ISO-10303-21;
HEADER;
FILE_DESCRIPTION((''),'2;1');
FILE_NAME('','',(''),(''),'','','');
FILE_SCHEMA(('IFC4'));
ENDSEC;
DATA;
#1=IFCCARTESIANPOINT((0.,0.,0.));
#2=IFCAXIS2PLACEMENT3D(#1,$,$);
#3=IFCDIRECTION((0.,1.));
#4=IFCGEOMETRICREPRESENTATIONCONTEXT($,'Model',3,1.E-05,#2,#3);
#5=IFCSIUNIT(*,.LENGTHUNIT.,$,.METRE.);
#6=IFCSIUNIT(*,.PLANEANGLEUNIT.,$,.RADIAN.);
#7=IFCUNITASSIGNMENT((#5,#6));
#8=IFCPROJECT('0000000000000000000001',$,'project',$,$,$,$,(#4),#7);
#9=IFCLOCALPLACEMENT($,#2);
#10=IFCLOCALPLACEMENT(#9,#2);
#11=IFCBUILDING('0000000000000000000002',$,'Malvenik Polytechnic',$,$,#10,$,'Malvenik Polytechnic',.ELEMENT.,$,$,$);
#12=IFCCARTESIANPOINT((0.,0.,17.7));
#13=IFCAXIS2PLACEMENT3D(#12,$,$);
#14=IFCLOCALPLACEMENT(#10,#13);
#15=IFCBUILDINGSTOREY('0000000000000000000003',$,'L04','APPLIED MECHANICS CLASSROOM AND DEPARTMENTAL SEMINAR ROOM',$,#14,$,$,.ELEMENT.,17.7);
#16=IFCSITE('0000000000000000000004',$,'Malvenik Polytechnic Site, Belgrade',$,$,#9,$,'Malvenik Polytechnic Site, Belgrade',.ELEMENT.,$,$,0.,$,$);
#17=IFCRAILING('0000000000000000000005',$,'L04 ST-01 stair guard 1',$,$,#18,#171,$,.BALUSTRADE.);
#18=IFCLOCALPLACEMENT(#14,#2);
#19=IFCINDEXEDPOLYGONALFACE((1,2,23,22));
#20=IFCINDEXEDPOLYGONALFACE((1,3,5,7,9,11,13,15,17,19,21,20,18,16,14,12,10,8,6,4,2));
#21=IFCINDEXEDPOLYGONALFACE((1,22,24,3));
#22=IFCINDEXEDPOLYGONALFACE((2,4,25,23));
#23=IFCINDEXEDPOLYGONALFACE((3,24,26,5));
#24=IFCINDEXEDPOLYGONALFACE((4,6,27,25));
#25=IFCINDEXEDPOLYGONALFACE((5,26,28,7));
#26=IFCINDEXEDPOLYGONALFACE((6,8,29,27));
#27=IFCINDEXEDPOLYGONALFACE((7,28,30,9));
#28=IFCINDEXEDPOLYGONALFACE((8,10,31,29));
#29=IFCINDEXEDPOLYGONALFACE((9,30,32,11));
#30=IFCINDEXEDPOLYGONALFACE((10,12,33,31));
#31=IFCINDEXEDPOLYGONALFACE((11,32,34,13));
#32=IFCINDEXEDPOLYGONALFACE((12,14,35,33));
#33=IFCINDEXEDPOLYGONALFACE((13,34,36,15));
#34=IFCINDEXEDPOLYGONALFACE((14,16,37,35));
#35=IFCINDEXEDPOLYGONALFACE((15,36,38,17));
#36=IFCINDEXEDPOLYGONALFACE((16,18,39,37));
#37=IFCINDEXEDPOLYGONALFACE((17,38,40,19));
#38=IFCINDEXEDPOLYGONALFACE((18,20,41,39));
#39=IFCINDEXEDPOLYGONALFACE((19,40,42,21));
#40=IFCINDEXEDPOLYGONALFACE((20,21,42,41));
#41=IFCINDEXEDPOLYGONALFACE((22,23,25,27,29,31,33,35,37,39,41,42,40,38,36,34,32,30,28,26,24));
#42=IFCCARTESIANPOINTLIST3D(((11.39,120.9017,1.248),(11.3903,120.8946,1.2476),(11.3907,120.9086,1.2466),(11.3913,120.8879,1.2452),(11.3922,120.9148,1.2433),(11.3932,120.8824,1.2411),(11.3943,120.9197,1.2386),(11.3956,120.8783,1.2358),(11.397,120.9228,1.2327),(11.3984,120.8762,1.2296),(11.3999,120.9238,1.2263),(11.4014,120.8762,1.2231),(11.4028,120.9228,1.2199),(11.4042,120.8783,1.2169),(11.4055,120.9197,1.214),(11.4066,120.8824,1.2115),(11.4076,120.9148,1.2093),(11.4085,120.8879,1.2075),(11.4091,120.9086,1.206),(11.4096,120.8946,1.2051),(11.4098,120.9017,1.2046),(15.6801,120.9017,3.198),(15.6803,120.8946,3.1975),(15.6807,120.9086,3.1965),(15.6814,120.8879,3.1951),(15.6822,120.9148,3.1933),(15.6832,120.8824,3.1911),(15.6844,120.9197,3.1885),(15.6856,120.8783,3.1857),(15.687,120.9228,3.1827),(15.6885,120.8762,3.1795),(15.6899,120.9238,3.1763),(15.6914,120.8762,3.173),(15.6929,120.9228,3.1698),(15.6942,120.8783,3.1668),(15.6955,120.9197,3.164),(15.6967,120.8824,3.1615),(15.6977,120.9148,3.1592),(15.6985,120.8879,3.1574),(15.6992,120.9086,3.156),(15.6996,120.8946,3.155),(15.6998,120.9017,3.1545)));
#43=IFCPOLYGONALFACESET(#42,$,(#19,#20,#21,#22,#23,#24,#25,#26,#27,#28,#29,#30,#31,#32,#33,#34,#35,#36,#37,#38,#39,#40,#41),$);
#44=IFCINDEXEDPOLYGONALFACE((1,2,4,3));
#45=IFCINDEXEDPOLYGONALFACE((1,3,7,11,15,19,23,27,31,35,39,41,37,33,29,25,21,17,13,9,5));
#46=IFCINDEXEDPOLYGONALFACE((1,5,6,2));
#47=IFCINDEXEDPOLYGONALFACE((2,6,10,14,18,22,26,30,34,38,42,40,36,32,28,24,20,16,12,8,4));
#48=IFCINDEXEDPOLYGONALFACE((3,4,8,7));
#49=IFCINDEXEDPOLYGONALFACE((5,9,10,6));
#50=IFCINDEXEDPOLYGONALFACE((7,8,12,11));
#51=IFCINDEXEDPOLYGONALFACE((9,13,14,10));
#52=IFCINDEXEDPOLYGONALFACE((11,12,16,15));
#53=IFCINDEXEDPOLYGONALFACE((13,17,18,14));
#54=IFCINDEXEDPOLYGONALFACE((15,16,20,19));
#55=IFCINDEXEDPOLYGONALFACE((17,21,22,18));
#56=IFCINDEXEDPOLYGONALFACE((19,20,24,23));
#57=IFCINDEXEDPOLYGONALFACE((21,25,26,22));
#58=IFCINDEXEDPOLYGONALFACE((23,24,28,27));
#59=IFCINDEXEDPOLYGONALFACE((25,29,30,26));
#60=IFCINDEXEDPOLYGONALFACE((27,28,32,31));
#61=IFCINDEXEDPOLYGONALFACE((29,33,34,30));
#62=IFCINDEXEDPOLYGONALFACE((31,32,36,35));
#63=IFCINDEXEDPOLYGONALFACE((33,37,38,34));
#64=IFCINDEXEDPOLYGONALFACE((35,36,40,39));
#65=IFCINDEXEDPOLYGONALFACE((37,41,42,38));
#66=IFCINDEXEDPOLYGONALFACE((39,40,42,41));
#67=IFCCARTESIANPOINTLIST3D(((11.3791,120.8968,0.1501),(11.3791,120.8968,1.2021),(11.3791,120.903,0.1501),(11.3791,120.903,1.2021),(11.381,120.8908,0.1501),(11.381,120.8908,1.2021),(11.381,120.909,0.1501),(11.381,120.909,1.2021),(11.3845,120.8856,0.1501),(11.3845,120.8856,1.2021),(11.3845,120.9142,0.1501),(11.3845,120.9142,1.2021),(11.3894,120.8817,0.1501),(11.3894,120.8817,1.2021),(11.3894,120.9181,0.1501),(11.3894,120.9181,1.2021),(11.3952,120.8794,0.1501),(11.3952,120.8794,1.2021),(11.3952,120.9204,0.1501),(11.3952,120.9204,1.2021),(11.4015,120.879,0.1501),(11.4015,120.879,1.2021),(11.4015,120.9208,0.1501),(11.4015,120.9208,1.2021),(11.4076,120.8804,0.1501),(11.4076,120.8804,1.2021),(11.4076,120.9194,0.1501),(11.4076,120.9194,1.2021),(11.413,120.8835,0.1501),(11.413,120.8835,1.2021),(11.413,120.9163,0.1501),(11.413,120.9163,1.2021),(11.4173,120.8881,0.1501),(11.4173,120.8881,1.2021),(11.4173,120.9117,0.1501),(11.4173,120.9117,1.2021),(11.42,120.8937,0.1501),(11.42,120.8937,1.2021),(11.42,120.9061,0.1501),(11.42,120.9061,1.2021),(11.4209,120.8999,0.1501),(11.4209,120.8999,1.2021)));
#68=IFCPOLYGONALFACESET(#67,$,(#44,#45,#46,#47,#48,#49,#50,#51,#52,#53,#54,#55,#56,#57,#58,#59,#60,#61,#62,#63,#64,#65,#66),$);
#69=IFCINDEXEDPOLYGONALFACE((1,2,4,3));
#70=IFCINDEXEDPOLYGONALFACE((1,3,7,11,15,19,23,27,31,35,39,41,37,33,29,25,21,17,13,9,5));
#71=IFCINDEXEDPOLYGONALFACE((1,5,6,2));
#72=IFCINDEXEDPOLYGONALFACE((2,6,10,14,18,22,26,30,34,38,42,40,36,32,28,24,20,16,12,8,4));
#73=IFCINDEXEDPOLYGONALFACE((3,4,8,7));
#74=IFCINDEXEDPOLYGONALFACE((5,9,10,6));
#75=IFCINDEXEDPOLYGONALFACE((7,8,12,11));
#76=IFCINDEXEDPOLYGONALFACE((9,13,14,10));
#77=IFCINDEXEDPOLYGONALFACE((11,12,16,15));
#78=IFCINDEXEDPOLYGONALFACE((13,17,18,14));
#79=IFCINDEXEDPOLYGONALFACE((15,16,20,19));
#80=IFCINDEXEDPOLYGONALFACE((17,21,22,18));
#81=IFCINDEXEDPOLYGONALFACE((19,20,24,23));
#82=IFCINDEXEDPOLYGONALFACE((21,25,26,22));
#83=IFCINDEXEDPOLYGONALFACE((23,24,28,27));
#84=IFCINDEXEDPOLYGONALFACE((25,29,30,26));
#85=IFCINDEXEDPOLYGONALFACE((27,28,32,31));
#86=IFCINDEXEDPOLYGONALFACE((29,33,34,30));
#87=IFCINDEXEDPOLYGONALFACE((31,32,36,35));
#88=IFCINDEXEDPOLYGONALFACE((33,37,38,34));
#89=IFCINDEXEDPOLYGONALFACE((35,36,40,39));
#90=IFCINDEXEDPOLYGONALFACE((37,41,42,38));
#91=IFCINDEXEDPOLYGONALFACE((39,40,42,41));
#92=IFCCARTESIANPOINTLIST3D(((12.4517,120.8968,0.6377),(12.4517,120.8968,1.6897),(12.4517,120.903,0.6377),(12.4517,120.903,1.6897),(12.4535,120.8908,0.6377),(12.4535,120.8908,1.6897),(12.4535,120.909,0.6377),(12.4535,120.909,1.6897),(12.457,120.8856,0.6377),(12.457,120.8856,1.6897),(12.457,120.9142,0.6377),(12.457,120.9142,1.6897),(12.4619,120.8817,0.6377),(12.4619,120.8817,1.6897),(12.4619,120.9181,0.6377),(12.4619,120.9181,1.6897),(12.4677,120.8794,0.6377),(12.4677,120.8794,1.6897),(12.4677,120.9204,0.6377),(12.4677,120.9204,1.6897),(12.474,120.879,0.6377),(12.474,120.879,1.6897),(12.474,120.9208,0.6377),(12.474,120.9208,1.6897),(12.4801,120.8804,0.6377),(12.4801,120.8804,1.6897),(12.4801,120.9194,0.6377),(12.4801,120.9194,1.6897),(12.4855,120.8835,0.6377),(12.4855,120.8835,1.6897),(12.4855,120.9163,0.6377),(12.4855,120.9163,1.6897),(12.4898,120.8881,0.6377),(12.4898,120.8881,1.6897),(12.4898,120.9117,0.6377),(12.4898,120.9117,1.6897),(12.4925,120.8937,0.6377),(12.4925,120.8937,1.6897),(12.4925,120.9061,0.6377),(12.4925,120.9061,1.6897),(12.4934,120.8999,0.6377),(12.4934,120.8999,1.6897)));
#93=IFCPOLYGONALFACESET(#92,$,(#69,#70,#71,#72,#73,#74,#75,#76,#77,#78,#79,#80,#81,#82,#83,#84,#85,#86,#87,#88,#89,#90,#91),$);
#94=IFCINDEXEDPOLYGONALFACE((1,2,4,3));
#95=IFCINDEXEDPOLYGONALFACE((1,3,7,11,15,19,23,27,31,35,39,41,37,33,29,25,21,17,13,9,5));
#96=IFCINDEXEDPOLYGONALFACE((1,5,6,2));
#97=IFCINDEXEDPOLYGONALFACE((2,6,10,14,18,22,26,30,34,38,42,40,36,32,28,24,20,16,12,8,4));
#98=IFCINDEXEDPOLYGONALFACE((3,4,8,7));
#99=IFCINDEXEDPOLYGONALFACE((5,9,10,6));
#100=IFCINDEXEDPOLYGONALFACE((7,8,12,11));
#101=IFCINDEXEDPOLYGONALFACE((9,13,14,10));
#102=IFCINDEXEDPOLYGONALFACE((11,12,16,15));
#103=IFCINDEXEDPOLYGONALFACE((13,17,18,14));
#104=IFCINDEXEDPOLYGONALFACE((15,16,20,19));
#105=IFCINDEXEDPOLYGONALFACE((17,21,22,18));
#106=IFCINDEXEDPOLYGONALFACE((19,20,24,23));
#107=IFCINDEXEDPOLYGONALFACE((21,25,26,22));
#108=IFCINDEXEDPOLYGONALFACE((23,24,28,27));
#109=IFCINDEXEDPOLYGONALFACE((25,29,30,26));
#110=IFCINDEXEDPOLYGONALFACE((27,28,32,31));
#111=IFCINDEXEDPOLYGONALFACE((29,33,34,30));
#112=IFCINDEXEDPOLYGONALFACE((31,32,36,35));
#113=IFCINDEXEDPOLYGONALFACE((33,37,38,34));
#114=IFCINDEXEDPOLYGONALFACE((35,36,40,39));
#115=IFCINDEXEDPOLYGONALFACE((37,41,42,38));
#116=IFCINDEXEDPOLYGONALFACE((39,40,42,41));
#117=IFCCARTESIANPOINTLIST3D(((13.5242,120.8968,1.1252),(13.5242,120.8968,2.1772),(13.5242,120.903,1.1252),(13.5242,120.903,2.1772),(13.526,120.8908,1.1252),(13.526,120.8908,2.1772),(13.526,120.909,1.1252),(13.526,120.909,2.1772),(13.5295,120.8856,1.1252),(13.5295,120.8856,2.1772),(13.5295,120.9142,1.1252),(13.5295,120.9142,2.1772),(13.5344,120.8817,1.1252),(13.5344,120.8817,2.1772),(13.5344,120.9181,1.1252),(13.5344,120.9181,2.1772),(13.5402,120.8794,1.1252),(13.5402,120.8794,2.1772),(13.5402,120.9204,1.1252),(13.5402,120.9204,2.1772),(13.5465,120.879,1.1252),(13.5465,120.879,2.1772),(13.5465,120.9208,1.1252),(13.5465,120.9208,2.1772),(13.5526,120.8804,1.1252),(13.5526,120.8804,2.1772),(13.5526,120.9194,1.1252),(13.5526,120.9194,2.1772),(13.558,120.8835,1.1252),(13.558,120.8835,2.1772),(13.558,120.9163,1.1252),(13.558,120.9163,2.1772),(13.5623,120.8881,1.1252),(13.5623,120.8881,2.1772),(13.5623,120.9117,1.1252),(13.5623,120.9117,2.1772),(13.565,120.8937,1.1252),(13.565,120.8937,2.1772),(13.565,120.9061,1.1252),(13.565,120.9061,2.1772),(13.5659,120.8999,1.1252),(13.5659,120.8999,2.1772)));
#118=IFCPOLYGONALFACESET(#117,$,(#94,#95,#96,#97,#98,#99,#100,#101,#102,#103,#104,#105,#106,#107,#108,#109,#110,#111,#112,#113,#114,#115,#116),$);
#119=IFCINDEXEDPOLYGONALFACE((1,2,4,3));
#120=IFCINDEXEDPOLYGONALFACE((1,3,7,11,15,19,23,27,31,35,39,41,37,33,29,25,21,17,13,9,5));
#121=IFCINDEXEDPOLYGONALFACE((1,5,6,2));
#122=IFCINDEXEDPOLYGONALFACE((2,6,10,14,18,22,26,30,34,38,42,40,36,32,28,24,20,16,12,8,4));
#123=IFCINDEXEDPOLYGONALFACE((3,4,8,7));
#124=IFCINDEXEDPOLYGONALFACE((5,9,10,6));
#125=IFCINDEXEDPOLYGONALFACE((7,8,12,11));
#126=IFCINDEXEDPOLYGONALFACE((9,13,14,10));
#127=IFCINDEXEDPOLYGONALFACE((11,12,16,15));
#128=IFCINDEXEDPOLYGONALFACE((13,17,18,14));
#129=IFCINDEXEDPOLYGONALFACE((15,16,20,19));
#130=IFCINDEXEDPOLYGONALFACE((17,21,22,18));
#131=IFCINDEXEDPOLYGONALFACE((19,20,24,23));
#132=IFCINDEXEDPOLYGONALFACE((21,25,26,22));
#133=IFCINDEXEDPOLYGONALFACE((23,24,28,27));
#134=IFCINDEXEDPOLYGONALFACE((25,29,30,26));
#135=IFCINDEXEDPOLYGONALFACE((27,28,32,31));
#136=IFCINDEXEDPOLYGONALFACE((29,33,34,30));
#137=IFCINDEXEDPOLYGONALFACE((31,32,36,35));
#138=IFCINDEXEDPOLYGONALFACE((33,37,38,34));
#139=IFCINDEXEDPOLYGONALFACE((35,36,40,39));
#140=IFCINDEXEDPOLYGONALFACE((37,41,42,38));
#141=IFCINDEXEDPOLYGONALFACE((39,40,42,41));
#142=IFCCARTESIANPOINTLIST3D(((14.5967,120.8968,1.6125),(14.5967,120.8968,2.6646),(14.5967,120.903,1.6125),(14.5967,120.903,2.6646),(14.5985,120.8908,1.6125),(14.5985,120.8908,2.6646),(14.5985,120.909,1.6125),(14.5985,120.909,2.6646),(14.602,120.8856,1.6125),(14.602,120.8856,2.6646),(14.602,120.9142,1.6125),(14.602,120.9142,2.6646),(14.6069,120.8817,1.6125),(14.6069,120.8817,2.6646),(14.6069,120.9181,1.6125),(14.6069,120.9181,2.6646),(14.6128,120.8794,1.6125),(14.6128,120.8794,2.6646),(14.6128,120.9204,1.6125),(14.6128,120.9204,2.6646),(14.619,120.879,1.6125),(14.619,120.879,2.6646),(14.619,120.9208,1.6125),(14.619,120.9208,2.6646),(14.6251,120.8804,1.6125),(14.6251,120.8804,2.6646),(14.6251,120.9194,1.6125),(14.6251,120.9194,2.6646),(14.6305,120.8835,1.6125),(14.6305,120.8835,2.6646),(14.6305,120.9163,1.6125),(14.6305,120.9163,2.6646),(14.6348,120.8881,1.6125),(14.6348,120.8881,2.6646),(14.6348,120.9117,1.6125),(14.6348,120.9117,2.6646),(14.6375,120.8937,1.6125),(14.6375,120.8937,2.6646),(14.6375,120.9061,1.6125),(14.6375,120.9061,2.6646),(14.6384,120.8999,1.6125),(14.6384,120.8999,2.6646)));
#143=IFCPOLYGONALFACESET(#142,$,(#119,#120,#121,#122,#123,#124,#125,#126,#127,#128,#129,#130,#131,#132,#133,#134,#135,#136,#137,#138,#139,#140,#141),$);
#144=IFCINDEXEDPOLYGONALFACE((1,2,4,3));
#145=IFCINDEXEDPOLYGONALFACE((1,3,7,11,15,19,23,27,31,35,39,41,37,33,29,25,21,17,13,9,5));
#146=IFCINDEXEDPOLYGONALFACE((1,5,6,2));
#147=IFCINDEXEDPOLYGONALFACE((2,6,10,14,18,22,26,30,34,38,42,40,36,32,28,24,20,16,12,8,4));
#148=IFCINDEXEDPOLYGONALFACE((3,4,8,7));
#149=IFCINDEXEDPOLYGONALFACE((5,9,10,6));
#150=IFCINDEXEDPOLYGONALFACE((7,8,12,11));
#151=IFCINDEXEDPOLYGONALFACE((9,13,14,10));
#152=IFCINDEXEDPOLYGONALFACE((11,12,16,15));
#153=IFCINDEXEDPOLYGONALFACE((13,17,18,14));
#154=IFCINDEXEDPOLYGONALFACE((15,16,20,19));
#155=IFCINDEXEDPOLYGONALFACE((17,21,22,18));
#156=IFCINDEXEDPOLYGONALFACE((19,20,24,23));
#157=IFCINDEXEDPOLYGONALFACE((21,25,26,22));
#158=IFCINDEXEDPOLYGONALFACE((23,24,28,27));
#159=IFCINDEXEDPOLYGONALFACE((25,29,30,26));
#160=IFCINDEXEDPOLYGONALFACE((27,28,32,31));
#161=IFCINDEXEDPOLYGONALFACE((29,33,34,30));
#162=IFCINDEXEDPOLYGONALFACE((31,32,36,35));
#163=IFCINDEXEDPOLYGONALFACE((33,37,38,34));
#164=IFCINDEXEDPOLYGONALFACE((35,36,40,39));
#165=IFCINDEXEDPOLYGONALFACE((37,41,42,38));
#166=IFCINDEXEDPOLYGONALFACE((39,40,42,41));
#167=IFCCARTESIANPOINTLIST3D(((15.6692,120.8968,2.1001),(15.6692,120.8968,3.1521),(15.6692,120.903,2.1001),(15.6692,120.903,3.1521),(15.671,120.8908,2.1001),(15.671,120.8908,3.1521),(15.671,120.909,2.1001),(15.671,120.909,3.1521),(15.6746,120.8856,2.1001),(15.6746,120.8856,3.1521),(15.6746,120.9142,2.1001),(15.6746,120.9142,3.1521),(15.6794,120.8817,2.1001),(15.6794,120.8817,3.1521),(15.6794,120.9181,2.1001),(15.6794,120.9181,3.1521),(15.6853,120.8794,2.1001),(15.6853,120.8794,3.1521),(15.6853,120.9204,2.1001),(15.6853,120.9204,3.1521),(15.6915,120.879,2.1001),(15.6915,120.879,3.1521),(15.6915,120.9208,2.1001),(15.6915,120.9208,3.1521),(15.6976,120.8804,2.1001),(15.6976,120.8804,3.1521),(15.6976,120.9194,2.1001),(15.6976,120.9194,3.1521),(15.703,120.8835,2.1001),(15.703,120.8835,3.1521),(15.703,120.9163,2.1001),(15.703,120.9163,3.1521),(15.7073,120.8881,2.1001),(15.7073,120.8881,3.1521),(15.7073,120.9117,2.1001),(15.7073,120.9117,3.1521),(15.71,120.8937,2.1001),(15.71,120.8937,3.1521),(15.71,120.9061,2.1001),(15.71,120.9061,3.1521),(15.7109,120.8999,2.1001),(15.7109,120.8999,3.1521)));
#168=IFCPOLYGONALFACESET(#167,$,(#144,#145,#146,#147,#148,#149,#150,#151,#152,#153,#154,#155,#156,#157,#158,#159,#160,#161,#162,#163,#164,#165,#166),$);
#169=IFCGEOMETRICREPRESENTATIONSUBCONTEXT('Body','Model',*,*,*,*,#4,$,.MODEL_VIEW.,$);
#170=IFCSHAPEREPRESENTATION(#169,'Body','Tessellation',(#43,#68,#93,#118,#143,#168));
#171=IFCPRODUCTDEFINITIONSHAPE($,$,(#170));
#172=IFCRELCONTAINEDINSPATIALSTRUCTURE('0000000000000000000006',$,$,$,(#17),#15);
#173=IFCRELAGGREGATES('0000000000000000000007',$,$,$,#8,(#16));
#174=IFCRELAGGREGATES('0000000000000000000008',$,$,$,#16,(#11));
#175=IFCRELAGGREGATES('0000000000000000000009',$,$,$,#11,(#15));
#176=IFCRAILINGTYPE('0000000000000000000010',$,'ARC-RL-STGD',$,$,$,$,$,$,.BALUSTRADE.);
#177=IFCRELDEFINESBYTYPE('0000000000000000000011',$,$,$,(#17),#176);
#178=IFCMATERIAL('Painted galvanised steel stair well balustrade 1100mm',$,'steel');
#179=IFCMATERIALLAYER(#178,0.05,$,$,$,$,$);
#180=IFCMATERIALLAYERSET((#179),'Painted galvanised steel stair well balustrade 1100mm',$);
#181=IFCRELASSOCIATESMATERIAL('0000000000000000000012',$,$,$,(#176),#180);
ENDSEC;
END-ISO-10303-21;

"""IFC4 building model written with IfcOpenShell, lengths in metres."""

from ifc_helpers import new_model, si_unit, direction, frame, origin, origin_2d, place, context, subcontext, project, spatial, circle, extrude, material, layer, layer_set, type_object, element, save


model = new_model("IFC4")

# Units and contexts
model_context = context("Model", 3, precision=1e-05, world=origin(), true_north=direction((0.0, 1.0)))
body_context = subcontext(model_context, "Body", "Model", "MODEL_VIEW")
ifc_project = project(units=[si_unit("LENGTHUNIT", "METRE"), si_unit("PLANEANGLEUNIT", "RADIAN")], contexts=[model_context])

# Site, building, storey
site_placement = place(None, origin())
site = spatial("IfcSite", under=ifc_project, at=site_placement, Name="Malvenik Polytechnic Site, Belgrade", LongName="Malvenik Polytechnic Site, Belgrade", CompositionType="ELEMENT", RefElevation=0.0)
building_placement = place(site_placement, origin())
building = spatial("IfcBuilding", under=site, at=building_placement, Name="Malvenik Polytechnic", LongName="Malvenik Polytechnic", CompositionType="ELEMENT")
storey_placement = place(building_placement, frame((0.0, 0.0, 17.7)))
storey = spatial("IfcBuildingStorey", under=building, at=storey_placement, Name="L04", Description="APPLIED MECHANICS CLASSROOM AND DEPARTMENTAL SEMINAR ROOM", CompositionType="ELEMENT", Elevation=17.7)

# Railing
ifc_material_1 = material(Name="Painted galvanised steel stair well balustrade 1100mm", Category="steel")
ifc_layer_1 = layer(ifc_material_1, 0.05)
ifc_layer_set_1 = layer_set([ifc_layer_1], Name="Painted galvanised steel stair well balustrade 1100mm")
railing_type_1 = type_object("IfcRailingType", Name="ARC-RL-STGD", PredefinedType="BALUSTRADE", material=ifc_layer_set_1)
railing_1_placement = place(storey_placement, frame((11.3999, 120.8999, 0.1501)))
element("IfcRailing", 1, at=railing_1_placement, inside=storey, type_object=railing_type_1, Name="L04 ST-01 stair guard 1", PredefinedType="BALUSTRADE", context=body_context, shape_type="SweptSolid", body=[
    extrude(circle(Radius=0.0239, at=origin_2d()), frame((0.0, 0.0, 1.0762), z_axis=(0.910372, 0.0, 0.413791), x_axis=(0.0, 1.0, 0.0)), (0.0, 0.0, 1.0), 4.7124),
    extrude(circle(Radius=0.021, at=origin_2d()), origin(), (0.0, 0.0, 1.0), 1.052),
    extrude(circle(Radius=0.021, at=origin_2d()), frame((1.0725, 0.0, 0.4875)), (0.0, 0.0, 1.0), 1.052),
    extrude(circle(Radius=0.021, at=origin_2d()), frame((2.145, 0.0, 0.9751)), (0.0, 0.0, 1.0), 1.052),
    extrude(circle(Radius=0.021, at=origin_2d()), frame((3.2175, 0.0, 1.4624)), (0.0, 0.0, 1.0), 1.052),
    extrude(circle(Radius=0.021, at=origin_2d()), frame((4.29, 0.0, 1.95)), (0.0, 0.0, 1.0), 1.052),
])

save(model, "model.ifc")
